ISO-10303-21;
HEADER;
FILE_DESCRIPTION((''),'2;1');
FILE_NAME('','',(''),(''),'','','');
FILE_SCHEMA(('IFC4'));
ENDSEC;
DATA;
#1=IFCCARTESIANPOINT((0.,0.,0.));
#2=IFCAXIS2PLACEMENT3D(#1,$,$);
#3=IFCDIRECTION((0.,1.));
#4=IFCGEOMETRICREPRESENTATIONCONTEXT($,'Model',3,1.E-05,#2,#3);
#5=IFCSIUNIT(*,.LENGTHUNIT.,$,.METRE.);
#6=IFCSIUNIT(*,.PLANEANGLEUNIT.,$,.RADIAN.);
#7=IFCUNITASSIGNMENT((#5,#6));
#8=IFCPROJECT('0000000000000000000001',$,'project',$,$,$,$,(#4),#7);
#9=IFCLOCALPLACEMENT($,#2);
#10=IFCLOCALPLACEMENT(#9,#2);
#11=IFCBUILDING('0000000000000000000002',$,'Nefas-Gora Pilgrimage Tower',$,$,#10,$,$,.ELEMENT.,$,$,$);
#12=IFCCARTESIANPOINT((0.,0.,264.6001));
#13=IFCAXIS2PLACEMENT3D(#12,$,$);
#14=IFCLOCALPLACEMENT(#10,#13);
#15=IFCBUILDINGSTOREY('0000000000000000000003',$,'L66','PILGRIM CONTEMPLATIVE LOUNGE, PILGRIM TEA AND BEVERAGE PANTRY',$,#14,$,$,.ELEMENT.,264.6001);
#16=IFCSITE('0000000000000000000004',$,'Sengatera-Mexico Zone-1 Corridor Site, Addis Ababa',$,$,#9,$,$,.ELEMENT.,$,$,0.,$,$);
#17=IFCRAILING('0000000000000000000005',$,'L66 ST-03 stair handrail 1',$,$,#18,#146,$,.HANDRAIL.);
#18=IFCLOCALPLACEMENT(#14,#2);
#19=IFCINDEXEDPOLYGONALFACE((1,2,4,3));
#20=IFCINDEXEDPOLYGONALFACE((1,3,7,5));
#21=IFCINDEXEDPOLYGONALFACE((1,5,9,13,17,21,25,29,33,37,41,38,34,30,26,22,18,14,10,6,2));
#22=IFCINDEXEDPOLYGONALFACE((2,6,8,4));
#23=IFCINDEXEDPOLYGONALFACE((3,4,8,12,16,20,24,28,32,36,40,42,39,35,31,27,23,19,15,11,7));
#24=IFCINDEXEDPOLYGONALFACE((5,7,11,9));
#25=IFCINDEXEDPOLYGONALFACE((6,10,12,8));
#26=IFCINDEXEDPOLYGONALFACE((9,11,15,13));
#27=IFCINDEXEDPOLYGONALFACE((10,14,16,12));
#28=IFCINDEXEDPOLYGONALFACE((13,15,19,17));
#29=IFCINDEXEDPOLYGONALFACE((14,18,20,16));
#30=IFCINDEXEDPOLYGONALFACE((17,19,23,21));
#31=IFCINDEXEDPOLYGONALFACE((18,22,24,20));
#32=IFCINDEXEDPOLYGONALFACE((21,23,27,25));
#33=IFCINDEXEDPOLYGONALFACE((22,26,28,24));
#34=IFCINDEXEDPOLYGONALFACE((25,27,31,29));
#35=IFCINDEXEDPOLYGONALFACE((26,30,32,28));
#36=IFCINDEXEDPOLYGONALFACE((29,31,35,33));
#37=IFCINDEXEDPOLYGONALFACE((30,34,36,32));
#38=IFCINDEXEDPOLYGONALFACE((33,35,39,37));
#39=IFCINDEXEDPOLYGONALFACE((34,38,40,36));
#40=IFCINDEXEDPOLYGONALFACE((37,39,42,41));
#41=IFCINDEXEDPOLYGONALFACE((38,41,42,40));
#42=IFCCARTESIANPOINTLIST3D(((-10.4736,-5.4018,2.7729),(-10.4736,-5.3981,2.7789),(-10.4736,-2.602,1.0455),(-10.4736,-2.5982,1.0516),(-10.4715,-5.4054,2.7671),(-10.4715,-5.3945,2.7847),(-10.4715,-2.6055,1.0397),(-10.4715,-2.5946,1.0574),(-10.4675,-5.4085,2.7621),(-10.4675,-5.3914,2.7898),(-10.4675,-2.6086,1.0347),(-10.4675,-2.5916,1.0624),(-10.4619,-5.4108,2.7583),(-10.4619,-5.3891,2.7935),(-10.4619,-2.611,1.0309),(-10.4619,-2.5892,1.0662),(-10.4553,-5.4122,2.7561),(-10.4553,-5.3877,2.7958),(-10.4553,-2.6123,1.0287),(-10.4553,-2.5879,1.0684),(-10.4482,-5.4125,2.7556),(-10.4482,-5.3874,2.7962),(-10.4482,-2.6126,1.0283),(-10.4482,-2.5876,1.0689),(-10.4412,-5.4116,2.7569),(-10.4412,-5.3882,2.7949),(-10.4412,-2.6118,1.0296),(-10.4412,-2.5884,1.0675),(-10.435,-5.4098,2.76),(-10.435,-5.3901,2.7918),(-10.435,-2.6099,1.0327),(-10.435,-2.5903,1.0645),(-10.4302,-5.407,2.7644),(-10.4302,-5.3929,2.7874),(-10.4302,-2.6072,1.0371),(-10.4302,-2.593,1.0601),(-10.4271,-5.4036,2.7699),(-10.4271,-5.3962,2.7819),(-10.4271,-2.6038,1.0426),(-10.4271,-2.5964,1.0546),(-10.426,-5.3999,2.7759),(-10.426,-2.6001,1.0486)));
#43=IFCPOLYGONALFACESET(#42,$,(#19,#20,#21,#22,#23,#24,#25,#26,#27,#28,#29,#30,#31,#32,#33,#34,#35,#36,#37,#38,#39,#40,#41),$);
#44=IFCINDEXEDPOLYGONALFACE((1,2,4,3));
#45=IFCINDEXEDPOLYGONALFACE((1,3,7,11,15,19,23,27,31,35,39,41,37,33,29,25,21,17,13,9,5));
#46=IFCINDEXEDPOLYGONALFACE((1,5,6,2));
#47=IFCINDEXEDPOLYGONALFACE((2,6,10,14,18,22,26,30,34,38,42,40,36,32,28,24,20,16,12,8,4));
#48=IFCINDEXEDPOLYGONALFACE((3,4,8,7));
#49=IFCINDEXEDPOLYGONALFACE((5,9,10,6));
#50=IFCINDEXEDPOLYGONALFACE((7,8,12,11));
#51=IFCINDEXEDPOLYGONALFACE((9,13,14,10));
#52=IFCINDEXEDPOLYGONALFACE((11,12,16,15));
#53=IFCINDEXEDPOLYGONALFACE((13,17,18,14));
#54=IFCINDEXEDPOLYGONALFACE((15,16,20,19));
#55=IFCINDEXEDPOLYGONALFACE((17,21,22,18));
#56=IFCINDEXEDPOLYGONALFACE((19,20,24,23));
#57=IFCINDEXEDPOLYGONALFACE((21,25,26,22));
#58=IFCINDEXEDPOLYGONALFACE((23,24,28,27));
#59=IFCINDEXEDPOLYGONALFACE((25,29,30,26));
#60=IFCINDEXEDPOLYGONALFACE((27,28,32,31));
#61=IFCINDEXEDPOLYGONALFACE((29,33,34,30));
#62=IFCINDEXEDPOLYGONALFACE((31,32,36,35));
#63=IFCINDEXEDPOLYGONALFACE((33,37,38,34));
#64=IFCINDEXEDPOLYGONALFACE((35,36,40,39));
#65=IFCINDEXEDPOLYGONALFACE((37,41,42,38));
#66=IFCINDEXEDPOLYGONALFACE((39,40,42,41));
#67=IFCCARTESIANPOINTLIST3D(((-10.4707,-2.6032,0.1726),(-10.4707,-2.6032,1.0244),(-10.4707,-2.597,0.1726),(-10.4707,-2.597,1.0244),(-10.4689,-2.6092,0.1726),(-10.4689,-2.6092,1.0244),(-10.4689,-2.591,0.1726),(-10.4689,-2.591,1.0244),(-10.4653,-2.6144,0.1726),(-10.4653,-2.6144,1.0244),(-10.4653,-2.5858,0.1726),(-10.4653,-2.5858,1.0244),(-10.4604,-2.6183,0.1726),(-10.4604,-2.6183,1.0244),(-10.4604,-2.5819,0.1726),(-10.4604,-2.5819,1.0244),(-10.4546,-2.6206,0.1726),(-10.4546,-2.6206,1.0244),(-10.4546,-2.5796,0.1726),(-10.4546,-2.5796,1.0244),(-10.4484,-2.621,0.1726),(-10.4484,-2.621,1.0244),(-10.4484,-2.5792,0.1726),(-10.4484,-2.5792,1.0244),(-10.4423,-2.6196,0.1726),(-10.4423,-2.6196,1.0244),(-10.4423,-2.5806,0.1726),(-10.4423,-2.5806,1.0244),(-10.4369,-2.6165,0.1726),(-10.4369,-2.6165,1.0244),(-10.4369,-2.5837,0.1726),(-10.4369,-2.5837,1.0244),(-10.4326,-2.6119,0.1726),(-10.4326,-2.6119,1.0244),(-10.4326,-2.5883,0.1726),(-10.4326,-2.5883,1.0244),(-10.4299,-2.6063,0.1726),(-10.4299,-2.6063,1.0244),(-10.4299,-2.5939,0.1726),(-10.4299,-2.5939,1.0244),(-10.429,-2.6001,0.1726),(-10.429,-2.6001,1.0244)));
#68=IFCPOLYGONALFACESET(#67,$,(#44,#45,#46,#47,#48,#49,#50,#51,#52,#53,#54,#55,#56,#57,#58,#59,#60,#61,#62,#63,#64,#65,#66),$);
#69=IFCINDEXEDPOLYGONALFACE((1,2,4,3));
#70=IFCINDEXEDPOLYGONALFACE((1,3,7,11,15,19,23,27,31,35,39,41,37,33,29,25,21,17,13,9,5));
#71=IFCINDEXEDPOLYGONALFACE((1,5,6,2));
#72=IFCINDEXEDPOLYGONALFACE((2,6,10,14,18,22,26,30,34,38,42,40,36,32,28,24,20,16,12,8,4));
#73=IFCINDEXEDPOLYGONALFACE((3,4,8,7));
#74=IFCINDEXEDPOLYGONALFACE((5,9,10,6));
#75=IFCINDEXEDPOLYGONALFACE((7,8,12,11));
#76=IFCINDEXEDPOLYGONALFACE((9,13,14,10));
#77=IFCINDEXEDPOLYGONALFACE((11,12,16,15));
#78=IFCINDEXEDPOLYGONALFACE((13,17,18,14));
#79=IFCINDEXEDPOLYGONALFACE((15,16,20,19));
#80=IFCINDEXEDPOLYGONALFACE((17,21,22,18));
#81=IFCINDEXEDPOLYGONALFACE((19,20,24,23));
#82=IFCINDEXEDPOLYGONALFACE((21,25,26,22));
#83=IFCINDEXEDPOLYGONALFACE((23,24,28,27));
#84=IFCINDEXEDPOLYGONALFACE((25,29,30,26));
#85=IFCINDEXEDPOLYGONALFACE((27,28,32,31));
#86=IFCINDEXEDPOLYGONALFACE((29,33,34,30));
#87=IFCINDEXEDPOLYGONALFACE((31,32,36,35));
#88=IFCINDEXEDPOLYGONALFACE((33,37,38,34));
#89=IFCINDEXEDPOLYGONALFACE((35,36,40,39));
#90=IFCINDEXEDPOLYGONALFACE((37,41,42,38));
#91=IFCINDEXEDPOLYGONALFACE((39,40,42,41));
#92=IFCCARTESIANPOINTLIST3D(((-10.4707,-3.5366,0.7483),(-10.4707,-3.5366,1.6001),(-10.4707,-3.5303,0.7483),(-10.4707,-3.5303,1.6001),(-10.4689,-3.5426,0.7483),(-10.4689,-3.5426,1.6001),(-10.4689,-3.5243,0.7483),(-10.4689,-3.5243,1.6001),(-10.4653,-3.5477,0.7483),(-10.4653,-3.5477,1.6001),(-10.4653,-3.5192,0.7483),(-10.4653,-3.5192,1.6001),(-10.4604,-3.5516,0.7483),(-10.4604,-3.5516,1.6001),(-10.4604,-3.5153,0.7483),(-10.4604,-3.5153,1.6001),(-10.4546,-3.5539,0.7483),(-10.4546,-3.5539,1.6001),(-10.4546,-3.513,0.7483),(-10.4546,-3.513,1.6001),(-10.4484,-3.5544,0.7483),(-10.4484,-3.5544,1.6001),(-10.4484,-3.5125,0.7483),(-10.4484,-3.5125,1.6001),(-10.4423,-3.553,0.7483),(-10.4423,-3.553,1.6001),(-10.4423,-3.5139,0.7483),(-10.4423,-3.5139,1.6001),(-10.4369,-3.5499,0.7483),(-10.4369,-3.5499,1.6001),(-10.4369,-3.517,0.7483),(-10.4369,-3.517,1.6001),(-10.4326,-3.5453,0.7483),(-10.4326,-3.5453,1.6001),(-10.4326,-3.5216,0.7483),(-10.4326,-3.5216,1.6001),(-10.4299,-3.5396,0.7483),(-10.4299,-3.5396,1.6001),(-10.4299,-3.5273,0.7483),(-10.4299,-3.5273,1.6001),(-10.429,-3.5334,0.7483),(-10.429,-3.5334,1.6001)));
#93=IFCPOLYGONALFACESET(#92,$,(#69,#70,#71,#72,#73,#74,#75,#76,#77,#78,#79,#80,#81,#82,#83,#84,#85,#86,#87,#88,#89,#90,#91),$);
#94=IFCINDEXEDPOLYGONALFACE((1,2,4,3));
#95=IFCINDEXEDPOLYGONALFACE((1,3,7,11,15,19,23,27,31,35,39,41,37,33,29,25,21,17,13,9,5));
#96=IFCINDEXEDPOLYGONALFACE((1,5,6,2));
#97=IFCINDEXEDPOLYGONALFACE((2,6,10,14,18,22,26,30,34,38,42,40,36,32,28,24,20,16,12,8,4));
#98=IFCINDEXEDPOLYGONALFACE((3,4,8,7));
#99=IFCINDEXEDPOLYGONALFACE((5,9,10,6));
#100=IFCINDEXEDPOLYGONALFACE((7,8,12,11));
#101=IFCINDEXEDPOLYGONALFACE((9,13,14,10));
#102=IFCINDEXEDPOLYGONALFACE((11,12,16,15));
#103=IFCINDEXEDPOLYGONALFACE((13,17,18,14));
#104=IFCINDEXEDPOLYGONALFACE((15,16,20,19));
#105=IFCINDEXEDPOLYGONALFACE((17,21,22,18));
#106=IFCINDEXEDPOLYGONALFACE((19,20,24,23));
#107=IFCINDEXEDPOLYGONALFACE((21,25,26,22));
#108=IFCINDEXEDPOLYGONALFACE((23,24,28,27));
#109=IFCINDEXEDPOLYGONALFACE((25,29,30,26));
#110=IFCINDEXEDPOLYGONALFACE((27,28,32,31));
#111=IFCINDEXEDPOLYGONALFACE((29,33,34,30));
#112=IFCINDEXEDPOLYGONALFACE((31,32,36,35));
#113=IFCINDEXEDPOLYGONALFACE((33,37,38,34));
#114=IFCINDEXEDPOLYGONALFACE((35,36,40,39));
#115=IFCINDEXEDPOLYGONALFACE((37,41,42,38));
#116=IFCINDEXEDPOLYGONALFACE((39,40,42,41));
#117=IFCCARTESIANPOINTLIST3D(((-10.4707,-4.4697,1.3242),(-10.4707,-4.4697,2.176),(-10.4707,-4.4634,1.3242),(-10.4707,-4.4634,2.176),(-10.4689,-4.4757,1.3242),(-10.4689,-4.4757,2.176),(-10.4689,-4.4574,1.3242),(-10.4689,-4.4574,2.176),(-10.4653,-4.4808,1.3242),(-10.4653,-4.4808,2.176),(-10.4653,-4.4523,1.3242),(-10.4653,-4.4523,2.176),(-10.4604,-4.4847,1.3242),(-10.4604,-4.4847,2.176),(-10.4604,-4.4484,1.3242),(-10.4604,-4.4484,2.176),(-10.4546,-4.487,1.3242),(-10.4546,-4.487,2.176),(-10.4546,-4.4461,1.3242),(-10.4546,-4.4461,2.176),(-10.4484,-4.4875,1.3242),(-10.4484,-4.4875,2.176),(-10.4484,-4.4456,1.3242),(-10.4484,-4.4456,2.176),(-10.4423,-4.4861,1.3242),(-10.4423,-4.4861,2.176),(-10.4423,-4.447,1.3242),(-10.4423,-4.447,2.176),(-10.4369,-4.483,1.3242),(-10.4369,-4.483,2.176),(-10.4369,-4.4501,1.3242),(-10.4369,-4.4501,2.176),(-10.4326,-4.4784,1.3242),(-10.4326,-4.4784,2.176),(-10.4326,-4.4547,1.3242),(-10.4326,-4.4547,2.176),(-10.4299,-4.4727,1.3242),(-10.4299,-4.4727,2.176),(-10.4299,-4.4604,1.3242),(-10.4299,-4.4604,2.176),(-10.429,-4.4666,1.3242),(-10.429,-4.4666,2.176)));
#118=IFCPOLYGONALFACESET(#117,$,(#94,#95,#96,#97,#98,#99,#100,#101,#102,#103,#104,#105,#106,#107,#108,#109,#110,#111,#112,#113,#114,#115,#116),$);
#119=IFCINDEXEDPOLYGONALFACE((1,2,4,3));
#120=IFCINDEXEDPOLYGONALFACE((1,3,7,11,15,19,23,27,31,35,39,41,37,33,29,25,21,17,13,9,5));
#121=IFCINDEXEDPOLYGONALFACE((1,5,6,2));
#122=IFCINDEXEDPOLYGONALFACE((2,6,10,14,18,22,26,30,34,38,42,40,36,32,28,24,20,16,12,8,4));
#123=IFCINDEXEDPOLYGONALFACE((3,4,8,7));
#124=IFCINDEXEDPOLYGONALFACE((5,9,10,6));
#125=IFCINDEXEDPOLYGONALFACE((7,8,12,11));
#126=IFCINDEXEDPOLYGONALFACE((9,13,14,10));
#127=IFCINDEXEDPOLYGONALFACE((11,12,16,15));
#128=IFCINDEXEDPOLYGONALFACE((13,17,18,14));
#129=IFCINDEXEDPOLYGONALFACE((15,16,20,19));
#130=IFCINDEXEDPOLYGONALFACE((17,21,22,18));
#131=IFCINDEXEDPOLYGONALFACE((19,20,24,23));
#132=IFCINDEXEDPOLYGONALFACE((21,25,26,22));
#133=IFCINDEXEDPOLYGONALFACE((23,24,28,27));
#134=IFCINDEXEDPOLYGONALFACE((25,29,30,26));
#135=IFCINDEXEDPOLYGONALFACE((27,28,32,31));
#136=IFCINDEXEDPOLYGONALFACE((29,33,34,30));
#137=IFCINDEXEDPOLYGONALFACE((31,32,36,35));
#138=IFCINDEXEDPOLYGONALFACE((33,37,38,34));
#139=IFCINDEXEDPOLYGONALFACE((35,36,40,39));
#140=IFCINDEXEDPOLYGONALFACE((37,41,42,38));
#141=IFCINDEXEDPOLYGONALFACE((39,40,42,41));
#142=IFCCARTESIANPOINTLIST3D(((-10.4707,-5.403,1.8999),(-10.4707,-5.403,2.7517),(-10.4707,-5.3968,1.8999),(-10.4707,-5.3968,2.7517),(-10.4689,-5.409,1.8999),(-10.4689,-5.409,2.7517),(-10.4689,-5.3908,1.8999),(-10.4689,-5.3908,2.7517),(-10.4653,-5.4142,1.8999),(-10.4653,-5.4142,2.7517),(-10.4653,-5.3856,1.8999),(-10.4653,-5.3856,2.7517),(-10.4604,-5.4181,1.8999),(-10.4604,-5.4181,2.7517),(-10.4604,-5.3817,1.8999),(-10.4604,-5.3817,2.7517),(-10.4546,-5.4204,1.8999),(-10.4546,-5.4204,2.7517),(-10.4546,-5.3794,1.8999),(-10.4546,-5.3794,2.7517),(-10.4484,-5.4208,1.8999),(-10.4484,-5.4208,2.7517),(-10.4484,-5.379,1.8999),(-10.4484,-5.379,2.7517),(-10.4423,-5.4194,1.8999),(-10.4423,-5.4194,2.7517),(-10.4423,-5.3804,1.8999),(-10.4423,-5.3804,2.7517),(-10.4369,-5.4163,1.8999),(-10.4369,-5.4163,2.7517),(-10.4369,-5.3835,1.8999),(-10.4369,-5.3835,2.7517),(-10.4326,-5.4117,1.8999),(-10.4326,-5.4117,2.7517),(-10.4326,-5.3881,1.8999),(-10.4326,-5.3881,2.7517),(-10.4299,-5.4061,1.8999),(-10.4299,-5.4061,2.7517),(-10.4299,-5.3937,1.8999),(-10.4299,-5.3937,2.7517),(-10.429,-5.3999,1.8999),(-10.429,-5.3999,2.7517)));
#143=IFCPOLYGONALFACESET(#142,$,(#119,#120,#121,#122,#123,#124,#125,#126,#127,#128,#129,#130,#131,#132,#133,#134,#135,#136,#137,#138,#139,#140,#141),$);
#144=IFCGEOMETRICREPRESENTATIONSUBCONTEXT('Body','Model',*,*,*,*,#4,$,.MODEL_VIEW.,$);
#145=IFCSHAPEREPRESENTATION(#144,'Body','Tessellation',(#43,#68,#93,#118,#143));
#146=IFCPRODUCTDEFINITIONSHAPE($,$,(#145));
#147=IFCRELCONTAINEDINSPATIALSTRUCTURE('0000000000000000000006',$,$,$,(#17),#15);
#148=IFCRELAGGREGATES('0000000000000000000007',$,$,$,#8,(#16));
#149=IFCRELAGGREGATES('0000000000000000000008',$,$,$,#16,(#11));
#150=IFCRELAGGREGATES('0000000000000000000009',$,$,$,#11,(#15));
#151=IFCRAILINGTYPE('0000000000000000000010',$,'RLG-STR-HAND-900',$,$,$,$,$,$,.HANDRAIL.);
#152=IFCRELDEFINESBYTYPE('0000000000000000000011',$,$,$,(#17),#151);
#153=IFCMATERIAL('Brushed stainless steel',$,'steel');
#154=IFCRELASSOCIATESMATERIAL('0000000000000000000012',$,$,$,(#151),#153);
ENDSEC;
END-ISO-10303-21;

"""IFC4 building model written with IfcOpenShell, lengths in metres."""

from ifc_helpers import new_model, si_unit, direction, frame, origin, origin_2d, place, context, subcontext, project, spatial, circle, extrude, material, type_object, element, save


model = new_model("IFC4")

# Units and contexts
model_context = context("Model", 3, precision=1e-05, world=origin(), true_north=direction((0.0, 1.0)))
body_context = subcontext(model_context, "Body", "Model", "MODEL_VIEW")
ifc_project = project(units=[si_unit("LENGTHUNIT", "METRE"), si_unit("PLANEANGLEUNIT", "RADIAN")], contexts=[model_context])

# Site, building, storey
site_placement = place(None, origin())
site = spatial("IfcSite", under=ifc_project, at=site_placement, Name="Sengatera-Mexico Zone-1 Corridor Site, Addis Ababa", CompositionType="ELEMENT", RefElevation=0.0)
building_placement = place(site_placement, origin())
building = spatial("IfcBuilding", under=site, at=building_placement, Name="Nefas-Gora Pilgrimage Tower", CompositionType="ELEMENT")
storey_placement = place(building_placement, frame((0.0, 0.0, 264.6001)))
storey = spatial("IfcBuildingStorey", under=building, at=storey_placement, Name="L66", Description="PILGRIM CONTEMPLATIVE LOUNGE, PILGRIM TEA AND BEVERAGE PANTRY", CompositionType="ELEMENT", Elevation=264.6001)

# Railing
ifc_material_1 = material(Name="Brushed stainless steel", Category="steel")
railing_type_1 = type_object("IfcRailingType", Name="RLG-STR-HAND-900", PredefinedType="HANDRAIL", material=ifc_material_1)
railing_1_placement = place(storey_placement, frame((-10.45, -2.6001, 0.1726)))
element("IfcRailing", 1, at=railing_1_placement, inside=storey, type_object=railing_type_1, Name="L66 ST-03 stair handrail 1", PredefinedType="HANDRAIL", context=body_context, shape_type="SweptSolid", body=[
    extrude(circle(Radius=0.0239, at=origin_2d()), frame((0.0, 0.0, 0.876), z_axis=(0.0, -0.851069, 0.525054), x_axis=(1.0, 0.0, 0.0)), (0.0, 0.0, 1.0), 3.2898),
    extrude(circle(Radius=0.021, at=origin_2d()), origin(), (0.0, 0.0, 1.0), 0.8518),
    extrude(circle(Radius=0.021, at=origin_2d()), frame((0.0, -0.9333, 0.5757)), (0.0, 0.0, 1.0), 0.8518),
    extrude(circle(Radius=0.021, at=origin_2d()), frame((0.0, -1.8665, 1.1516)), (0.0, 0.0, 1.0), 0.8518),
    extrude(circle(Radius=0.021, at=origin_2d()), frame((0.0, -2.7998, 1.7273)), (0.0, 0.0, 1.0), 0.8518),
])

save(model, "model.ifc")
